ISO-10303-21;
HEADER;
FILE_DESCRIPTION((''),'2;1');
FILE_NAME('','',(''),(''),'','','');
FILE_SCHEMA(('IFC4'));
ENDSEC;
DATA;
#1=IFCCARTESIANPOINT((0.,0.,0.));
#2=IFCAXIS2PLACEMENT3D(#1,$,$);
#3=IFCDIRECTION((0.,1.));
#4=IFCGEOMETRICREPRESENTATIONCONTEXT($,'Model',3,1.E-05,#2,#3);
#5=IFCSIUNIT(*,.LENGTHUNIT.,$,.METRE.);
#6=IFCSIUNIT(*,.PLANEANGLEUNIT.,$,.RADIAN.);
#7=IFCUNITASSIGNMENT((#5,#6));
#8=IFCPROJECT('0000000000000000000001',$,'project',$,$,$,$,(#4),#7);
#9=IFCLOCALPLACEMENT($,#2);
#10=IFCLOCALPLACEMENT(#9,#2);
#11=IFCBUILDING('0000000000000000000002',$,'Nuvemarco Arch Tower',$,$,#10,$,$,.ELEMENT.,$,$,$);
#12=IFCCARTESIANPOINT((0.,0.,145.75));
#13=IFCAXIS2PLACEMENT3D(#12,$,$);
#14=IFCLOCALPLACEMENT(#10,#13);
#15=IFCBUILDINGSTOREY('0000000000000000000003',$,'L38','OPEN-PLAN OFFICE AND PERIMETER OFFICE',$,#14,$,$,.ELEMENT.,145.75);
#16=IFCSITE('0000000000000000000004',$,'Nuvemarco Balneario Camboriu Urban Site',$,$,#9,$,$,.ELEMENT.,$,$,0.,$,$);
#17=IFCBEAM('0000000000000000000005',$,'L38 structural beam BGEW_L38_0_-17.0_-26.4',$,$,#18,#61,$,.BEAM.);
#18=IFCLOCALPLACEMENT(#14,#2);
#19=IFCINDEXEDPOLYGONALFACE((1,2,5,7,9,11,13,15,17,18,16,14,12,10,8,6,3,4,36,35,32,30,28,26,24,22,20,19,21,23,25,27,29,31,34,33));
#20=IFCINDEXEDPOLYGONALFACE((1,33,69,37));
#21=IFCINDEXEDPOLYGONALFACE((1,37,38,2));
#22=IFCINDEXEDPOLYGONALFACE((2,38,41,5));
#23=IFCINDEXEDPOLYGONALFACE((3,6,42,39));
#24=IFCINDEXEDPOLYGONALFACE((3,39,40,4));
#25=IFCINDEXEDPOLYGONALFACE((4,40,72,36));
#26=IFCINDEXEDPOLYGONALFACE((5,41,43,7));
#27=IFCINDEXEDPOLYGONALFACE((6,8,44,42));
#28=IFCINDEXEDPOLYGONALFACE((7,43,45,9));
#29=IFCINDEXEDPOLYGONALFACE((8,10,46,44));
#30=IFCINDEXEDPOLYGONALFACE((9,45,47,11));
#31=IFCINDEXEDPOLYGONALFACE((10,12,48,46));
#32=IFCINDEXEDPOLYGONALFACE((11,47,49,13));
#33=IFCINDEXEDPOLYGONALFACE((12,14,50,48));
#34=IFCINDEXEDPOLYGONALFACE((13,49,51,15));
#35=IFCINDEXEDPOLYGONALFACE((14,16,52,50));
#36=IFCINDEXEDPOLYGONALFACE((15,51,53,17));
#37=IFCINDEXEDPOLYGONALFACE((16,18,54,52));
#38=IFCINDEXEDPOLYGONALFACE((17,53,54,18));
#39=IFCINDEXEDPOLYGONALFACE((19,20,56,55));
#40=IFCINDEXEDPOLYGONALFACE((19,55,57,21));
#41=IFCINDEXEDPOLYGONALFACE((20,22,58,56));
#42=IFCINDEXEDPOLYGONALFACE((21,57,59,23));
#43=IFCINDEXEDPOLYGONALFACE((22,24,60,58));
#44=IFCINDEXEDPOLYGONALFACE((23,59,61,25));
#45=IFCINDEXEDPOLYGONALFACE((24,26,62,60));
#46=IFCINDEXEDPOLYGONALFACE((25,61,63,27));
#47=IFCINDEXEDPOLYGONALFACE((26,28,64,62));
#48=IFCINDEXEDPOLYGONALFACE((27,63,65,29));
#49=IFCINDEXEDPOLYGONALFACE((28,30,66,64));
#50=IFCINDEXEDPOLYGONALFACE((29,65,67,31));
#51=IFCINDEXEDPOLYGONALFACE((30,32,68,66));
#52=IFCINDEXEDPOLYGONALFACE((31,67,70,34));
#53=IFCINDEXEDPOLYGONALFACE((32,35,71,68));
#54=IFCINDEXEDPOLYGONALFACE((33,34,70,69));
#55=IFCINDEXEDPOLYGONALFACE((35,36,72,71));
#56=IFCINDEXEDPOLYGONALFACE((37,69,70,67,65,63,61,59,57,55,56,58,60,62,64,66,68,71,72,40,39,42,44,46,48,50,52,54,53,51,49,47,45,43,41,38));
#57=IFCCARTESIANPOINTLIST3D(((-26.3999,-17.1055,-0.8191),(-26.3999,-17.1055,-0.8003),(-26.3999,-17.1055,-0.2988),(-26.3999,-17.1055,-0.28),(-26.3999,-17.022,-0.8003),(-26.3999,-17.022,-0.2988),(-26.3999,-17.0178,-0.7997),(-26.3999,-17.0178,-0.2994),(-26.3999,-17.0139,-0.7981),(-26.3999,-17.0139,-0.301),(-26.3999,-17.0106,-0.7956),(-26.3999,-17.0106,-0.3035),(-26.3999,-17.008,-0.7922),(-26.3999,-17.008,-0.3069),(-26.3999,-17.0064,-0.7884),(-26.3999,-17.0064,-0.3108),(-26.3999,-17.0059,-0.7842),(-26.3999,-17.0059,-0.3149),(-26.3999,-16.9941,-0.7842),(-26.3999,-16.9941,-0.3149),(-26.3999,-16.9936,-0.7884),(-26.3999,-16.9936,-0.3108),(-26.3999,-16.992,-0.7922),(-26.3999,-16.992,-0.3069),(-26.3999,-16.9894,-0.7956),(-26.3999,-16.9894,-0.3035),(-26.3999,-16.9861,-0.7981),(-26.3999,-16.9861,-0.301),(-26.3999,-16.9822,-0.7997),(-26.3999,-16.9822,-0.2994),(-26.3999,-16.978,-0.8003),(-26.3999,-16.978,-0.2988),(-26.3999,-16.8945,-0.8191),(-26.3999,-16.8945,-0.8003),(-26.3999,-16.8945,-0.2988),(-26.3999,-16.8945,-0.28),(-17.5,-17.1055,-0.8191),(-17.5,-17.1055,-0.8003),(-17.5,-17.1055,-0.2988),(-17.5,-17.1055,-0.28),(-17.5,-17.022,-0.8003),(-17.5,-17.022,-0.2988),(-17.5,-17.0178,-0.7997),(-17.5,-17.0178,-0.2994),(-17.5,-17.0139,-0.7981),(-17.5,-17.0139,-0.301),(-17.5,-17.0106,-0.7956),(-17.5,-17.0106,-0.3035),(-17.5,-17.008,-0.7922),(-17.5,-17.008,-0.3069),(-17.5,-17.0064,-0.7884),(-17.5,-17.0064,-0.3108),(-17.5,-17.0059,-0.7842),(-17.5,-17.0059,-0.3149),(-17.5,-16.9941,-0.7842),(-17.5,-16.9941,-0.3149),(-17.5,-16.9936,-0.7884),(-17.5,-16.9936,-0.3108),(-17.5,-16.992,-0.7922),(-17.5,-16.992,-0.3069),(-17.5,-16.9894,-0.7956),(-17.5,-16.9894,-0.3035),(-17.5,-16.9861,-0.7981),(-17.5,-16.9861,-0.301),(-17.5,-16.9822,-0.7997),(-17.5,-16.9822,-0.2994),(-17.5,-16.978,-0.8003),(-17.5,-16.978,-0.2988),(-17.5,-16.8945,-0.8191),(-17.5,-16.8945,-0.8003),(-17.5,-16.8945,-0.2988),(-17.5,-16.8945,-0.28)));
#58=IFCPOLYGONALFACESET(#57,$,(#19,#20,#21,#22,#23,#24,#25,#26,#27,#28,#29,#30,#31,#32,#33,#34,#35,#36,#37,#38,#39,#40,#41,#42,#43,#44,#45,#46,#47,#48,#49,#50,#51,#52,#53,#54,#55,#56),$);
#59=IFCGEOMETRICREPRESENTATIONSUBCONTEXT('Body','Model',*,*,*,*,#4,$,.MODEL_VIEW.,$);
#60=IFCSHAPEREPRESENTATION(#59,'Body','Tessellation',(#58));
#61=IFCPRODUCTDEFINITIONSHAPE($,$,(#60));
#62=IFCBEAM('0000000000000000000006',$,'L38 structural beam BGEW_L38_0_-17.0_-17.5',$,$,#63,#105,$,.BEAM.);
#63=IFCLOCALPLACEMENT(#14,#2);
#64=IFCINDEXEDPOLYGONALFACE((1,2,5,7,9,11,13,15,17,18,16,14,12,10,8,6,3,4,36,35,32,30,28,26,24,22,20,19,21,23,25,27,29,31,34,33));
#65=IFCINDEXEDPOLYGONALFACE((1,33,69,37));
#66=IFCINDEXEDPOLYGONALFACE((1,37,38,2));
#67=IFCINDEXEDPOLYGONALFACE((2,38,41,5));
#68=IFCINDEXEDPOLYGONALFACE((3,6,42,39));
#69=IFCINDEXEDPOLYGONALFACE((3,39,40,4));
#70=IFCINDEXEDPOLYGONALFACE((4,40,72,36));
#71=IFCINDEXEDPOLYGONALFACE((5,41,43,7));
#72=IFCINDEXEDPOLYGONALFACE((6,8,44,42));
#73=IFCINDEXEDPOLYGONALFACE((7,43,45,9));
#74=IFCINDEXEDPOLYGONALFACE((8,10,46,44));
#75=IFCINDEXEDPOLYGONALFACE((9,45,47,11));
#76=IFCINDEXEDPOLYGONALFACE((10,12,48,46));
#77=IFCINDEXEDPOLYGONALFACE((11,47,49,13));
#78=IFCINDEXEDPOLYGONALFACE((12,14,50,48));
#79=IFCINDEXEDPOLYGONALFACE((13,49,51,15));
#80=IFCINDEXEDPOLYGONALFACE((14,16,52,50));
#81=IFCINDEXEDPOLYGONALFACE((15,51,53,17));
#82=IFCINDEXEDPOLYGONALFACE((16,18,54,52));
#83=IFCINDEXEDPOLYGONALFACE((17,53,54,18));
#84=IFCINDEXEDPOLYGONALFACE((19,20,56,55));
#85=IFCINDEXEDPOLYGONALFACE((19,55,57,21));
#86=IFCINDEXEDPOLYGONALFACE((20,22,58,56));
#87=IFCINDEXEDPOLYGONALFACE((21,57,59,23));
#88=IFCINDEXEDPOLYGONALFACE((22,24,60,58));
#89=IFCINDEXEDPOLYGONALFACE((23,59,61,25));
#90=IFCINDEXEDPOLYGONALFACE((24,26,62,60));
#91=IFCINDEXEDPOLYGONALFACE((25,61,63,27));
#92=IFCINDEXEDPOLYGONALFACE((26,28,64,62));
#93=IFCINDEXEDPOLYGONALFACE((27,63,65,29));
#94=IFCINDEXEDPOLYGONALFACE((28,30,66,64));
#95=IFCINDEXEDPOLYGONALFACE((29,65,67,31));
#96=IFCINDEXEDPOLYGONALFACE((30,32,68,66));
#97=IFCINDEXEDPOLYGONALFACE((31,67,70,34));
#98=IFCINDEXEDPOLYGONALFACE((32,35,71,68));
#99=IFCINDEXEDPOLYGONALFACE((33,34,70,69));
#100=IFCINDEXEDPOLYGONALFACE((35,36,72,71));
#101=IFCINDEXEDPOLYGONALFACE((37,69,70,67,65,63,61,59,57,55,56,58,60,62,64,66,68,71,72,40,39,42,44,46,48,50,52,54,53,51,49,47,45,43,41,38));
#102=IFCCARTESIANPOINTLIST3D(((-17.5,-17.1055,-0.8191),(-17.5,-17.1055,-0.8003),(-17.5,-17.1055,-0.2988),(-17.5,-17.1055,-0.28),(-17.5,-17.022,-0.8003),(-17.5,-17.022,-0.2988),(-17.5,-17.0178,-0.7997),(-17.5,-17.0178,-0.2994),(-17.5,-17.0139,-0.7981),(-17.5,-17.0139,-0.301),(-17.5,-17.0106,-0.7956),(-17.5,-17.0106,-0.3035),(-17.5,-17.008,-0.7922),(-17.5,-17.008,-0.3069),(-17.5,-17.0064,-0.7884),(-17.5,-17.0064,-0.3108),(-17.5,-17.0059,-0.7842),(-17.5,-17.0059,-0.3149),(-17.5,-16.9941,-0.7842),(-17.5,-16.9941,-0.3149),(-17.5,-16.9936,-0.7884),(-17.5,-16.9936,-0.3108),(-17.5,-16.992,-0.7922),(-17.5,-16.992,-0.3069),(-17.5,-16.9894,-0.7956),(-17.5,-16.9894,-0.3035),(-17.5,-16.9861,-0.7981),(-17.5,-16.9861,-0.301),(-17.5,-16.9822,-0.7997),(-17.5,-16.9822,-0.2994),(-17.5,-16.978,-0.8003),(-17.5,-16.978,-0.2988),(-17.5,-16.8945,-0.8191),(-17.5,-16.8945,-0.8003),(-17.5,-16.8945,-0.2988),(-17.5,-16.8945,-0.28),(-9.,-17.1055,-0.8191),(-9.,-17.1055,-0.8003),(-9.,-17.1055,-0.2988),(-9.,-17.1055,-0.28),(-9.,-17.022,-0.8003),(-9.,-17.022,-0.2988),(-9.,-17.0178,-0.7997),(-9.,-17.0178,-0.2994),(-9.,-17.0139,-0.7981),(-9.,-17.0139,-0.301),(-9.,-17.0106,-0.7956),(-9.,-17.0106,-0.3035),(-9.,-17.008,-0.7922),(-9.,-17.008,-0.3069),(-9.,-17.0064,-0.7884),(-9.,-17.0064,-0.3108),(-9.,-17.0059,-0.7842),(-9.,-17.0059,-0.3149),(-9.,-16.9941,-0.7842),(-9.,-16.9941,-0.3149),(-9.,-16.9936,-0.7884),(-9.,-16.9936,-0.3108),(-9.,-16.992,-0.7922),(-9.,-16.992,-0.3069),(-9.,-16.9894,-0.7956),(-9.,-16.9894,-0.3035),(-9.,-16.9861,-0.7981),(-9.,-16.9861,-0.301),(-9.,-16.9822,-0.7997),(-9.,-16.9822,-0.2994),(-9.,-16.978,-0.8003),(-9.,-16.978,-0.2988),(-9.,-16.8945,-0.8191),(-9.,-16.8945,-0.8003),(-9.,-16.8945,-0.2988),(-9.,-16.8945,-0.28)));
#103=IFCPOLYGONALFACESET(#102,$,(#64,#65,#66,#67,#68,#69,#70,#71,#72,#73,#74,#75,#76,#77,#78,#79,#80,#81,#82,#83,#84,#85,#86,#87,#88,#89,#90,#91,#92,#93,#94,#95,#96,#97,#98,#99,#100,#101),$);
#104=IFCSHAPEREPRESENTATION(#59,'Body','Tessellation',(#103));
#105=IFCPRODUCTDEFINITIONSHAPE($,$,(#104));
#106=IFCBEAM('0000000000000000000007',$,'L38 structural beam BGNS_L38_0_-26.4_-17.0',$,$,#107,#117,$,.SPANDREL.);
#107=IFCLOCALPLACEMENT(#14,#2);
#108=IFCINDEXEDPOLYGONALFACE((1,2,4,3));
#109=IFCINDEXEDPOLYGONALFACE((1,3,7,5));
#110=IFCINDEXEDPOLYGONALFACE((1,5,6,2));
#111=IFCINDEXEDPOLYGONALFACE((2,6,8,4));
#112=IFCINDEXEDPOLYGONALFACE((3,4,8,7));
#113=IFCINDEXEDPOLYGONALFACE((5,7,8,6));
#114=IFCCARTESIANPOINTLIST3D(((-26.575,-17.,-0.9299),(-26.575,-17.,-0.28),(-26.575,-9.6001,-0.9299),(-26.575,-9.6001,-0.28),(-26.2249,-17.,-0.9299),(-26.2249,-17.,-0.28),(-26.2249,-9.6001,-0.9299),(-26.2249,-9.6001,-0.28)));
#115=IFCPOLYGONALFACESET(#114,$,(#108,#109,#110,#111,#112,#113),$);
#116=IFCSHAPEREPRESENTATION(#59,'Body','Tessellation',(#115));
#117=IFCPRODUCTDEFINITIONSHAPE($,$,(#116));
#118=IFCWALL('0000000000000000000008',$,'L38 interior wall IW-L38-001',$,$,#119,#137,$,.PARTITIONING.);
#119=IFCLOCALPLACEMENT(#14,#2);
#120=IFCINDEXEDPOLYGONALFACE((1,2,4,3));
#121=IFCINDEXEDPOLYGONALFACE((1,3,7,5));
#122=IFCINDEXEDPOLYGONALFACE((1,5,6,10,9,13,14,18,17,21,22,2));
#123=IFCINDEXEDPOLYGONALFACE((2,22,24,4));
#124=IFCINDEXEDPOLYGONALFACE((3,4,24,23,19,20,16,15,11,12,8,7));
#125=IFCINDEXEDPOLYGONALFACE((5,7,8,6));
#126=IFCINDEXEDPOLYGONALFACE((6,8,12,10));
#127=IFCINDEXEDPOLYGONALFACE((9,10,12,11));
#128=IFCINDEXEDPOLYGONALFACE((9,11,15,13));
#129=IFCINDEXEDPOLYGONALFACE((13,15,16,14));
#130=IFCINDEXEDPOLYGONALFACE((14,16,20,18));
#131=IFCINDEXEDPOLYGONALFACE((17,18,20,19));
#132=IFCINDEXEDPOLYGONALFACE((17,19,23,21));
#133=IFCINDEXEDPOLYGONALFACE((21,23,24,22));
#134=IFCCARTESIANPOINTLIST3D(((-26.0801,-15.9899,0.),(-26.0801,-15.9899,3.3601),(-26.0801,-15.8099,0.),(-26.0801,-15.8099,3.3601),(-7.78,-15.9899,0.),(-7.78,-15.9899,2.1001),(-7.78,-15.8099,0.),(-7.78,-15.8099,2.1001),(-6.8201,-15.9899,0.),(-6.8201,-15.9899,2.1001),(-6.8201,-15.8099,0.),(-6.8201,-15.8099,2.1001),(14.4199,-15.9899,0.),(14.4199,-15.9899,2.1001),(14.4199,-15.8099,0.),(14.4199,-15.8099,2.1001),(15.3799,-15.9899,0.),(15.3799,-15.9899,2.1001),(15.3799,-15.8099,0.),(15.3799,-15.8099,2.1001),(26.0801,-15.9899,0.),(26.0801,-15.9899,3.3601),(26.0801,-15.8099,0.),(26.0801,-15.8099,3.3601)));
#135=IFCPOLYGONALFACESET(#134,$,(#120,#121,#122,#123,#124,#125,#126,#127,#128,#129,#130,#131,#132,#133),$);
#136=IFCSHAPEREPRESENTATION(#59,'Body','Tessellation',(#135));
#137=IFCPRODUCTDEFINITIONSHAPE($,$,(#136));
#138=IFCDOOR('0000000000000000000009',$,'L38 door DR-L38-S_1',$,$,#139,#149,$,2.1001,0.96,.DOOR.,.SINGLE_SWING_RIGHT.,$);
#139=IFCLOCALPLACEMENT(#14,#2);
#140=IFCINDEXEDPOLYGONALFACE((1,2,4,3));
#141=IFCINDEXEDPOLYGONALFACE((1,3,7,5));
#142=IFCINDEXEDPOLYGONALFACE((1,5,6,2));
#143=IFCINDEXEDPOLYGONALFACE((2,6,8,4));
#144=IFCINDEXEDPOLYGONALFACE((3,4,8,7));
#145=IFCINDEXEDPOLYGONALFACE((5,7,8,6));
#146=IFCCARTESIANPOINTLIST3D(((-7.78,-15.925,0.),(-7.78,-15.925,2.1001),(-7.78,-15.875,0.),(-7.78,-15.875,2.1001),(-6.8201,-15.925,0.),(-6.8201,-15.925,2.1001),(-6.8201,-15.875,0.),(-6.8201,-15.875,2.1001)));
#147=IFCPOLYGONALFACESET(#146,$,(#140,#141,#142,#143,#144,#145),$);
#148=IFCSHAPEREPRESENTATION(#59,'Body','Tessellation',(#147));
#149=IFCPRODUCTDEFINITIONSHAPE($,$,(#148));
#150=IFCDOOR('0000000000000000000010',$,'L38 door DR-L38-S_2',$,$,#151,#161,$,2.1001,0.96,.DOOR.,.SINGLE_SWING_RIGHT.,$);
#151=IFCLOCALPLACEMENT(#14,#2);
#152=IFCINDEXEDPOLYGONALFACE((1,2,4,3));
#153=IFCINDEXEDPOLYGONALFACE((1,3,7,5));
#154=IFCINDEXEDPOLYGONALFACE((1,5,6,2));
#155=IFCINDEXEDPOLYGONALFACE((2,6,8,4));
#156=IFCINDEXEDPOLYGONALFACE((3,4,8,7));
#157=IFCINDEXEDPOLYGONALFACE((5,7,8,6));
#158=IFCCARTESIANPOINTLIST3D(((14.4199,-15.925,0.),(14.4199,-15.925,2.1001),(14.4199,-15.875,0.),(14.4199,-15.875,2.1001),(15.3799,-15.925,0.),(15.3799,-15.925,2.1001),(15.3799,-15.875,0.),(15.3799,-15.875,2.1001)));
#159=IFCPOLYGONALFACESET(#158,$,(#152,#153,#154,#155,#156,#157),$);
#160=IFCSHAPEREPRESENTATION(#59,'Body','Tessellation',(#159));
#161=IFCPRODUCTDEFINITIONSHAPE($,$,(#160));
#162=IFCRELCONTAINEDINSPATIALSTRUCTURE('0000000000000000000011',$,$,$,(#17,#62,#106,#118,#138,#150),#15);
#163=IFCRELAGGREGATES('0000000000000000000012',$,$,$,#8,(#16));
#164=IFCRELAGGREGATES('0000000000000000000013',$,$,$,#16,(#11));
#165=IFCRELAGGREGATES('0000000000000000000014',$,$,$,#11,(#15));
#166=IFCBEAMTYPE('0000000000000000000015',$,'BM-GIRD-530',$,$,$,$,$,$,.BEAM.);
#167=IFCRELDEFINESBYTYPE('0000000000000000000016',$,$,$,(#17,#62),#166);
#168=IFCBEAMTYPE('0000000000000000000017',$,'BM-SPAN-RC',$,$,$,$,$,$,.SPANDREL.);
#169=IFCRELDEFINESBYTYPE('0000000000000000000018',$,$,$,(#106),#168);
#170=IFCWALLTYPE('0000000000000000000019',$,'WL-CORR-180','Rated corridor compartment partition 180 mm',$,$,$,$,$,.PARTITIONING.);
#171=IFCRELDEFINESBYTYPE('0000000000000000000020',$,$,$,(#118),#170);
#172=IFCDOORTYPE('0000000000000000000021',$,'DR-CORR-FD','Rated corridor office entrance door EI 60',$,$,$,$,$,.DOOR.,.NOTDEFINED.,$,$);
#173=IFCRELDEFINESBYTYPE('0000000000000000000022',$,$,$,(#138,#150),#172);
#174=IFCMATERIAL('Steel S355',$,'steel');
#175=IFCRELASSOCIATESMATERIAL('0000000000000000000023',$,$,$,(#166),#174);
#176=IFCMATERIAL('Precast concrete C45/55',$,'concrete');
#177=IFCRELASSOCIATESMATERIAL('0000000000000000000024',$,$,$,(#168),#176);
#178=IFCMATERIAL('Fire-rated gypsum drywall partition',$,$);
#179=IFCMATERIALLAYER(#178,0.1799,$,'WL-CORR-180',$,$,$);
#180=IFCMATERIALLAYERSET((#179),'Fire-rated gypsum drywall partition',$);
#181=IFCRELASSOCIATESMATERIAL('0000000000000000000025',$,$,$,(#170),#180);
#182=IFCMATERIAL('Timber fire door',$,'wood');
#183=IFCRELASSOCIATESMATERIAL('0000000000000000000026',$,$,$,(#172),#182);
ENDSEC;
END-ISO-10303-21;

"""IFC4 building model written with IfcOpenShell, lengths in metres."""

from ifc_helpers import new_model, si_unit, direction, frame, frame_2d, origin, origin_2d, place, context, subcontext, project, spatial, rectangle, i_section, extrude, source, transform, mapped, material, layer, layer_set, material_profile, profile_set, type_object, type_shapes, element, fill, save


model = new_model("IFC4")

# Units and contexts
model_context = context("Model", 3, precision=1e-05, world=origin(), true_north=direction((0.0, 1.0)))
body_context = subcontext(model_context, "Body", "Model", "MODEL_VIEW")
ifc_project = project(units=[si_unit("LENGTHUNIT", "METRE"), si_unit("PLANEANGLEUNIT", "RADIAN")], contexts=[model_context])

# Site, building, storey
site_placement = place(None, origin())
site = spatial("IfcSite", under=ifc_project, at=site_placement, Name="Nuvemarco Balneario Camboriu Urban Site", CompositionType="ELEMENT", RefElevation=0.0)
building_placement = place(site_placement, origin())
building = spatial("IfcBuilding", under=site, at=building_placement, Name="Nuvemarco Arch Tower", CompositionType="ELEMENT")
storey_placement = place(building_placement, frame((0.0, 0.0, 145.75)))
storey = spatial("IfcBuildingStorey", under=building, at=storey_placement, Name="L38", Description="OPEN-PLAN OFFICE AND PERIMETER OFFICE", CompositionType="ELEMENT", Elevation=145.75)

# Shared definitions
ifc_material_1 = material(Name="Steel S355", Category="steel")

# Beams
ifc_material_profile_1 = material_profile(ifc_material_1, i_section(OverallWidth=0.2109, OverallDepth=0.5391, WebThickness=0.0117, FlangeThickness=0.0188, FilletRadius=0.0161, at=origin_2d()), Name="W530x109")
ifc_profile_set_1 = profile_set([ifc_material_profile_1], Name="Steel S355")
beam_type_1 = type_object("IfcBeamType", Name="BM-GIRD-530", PredefinedType="BEAM", material=ifc_profile_set_1)
beam_1_placement = place(storey_placement, frame((-26.3999, -17.0, -0.5496), z_axis=(1.0, 0.0, 0.0), x_axis=(0.0, 1.0, 0.0)))
element("IfcBeam", 1, at=beam_1_placement, inside=storey, type_object=beam_type_1, Name="L38 structural beam BGEW_L38_0_-17.0_-26.4", PredefinedType="BEAM", context=body_context, shape_type="SweptSolid", body=[
    extrude(i_section(OverallWidth=0.2109, OverallDepth=0.5391, WebThickness=0.0117, FlangeThickness=0.0188, FilletRadius=0.0161, at=origin_2d()), origin(), (0.0, 0.0, 1.0), 8.8999),
])
beam_2_placement = place(storey_placement, frame((-17.5, -17.0, -0.5496), z_axis=(1.0, 0.0, 0.0), x_axis=(0.0, 1.0, 0.0)))
element("IfcBeam", 2, at=beam_2_placement, inside=storey, type_object=beam_type_1, Name="L38 structural beam BGEW_L38_0_-17.0_-17.5", PredefinedType="BEAM", context=body_context, shape_type="SweptSolid", body=[
    extrude(i_section(OverallWidth=0.2109, OverallDepth=0.5391, WebThickness=0.0117, FlangeThickness=0.0188, FilletRadius=0.0161, at=origin_2d()), origin(), (0.0, 0.0, 1.0), 8.5),
])
ifc_material_2 = material(Name="Precast concrete C45/55", Category="concrete")
ifc_material_profile_2 = material_profile(ifc_material_2, rectangle(XDim=0.3501, YDim=0.6499, at=origin_2d()), Name="PC-SP-350x650")
ifc_profile_set_2 = profile_set([ifc_material_profile_2], Name="Precast concrete C45/55")
beam_type_2 = type_object("IfcBeamType", Name="BM-SPAN-RC", PredefinedType="SPANDREL", material=ifc_profile_set_2)
beam_3_placement = place(storey_placement, frame((-26.3999, -17.0, -0.605), z_axis=(0.0, 1.0, 0.0), x_axis=(-1.0, 0.0, 0.0)))
element("IfcBeam", 3, at=beam_3_placement, inside=storey, type_object=beam_type_2, Name="L38 structural beam BGNS_L38_0_-26.4_-17.0", PredefinedType="SPANDREL", context=body_context, shape_type="SweptSolid", body=[
    extrude(rectangle(XDim=0.3501, YDim=0.6499, at=origin_2d()), origin(), (0.0, 0.0, 1.0), 7.3999),
])

# Wall, openings, doors
ifc_material_3 = material(Name="Fire-rated gypsum drywall partition")
ifc_layer = layer(ifc_material_3, 0.1799, Name="WL-CORR-180")
ifc_layer_set = layer_set([ifc_layer], Name="Fire-rated gypsum drywall partition")
wall_type = type_object("IfcWallType", Name="WL-CORR-180", Description="Rated corridor compartment partition 180 mm", PredefinedType="PARTITIONING", material=ifc_layer_set)
wall_1_placement = place(storey_placement, frame((-26.0801, -15.8999, 0.0), z_axis=(0.0, 0.0, 1.0), x_axis=(1.0, 0.0, 0.0)))
wall_1 = element("IfcWall", 4, at=wall_1_placement, inside=storey, type_object=wall_type, Name="L38 interior wall IW-L38-001", PredefinedType="PARTITIONING", context=body_context, shape_type="SweptSolid", body=[
    extrude(rectangle(XDim=52.1602, YDim=0.1799, at=frame_2d((26.0801, 0.0))), origin(), (0.0, 0.0, 1.0), 3.3601),
])
opening_1_placement = place(wall_1_placement, frame((18.3, 0.0, 0.0)))
opening_1 = element("IfcOpeningElement", 5, at=opening_1_placement, cuts=wall_1, PredefinedType="OPENING", context=body_context, shape_type="SweptSolid", body=[
    extrude(rectangle(XDim=0.96, YDim=2.1001, at=frame_2d((0.48, 1.05))), frame((0.0, 0.0999, 0.0), z_axis=(0.0, -1.0, 0.0), x_axis=(1.0, 0.0, 0.0)), (0.0, 0.0, 1.0), 0.2),
])
opening_2_placement = place(wall_1_placement, frame((40.5, 0.0, 0.0)))
opening_2 = element("IfcOpeningElement", 6, at=opening_2_placement, cuts=wall_1, PredefinedType="OPENING", context=body_context, shape_type="SweptSolid", body=[
    extrude(rectangle(XDim=0.96, YDim=2.1001, at=frame_2d((0.48, 1.05))), frame((0.0, 0.0999, 0.0), z_axis=(0.0, -1.0, 0.0), x_axis=(1.0, 0.0, 0.0)), (0.0, 0.0, 1.0), 0.2),
])
ifc_material_4 = material(Name="Timber fire door", Category="wood")
door_type = type_object("IfcDoorType", Name="DR-CORR-FD", Description="Rated corridor office entrance door EI 60", OperationType="NOTDEFINED", PredefinedType="DOOR", material=ifc_material_4)
shared_shape = source(origin(), body_context, "Body", "SweptSolid", [
    extrude(rectangle(XDim=0.96, YDim=2.1001, at=frame_2d((0.48, 1.05))), frame((0.0, 0.0249, 0.0), z_axis=(0.0, -1.0, 0.0), x_axis=(1.0, 0.0, 0.0)), (0.0, 0.0, 1.0), 0.05),
])
type_shapes(door_type, [shared_shape])
door_1_placement = place(opening_1_placement, origin())
door_1 = element("IfcDoor", 7, at=door_1_placement, inside=storey, type_object=door_type, Name="L38 door DR-L38-S_1", OperationType="SINGLE_SWING_RIGHT", OverallHeight=2.1001, OverallWidth=0.96, PredefinedType="DOOR", context=body_context, shape_type="MappedRepresentation", body=[
    mapped(shared_shape, transform((0.0, 0.0, 0.0), scale=1.0)),
])
fill(opening_1, door_1)
door_2_placement = place(opening_2_placement, origin())
door_2 = element("IfcDoor", 8, at=door_2_placement, inside=storey, type_object=door_type, Name="L38 door DR-L38-S_2", OperationType="SINGLE_SWING_RIGHT", OverallHeight=2.1001, OverallWidth=0.96, PredefinedType="DOOR", context=body_context, shape_type="MappedRepresentation", body=[
    mapped(shared_shape, transform((0.0, 0.0, 0.0), scale=1.0)),
])
fill(opening_2, door_2)

save(model, "model.ifc")
